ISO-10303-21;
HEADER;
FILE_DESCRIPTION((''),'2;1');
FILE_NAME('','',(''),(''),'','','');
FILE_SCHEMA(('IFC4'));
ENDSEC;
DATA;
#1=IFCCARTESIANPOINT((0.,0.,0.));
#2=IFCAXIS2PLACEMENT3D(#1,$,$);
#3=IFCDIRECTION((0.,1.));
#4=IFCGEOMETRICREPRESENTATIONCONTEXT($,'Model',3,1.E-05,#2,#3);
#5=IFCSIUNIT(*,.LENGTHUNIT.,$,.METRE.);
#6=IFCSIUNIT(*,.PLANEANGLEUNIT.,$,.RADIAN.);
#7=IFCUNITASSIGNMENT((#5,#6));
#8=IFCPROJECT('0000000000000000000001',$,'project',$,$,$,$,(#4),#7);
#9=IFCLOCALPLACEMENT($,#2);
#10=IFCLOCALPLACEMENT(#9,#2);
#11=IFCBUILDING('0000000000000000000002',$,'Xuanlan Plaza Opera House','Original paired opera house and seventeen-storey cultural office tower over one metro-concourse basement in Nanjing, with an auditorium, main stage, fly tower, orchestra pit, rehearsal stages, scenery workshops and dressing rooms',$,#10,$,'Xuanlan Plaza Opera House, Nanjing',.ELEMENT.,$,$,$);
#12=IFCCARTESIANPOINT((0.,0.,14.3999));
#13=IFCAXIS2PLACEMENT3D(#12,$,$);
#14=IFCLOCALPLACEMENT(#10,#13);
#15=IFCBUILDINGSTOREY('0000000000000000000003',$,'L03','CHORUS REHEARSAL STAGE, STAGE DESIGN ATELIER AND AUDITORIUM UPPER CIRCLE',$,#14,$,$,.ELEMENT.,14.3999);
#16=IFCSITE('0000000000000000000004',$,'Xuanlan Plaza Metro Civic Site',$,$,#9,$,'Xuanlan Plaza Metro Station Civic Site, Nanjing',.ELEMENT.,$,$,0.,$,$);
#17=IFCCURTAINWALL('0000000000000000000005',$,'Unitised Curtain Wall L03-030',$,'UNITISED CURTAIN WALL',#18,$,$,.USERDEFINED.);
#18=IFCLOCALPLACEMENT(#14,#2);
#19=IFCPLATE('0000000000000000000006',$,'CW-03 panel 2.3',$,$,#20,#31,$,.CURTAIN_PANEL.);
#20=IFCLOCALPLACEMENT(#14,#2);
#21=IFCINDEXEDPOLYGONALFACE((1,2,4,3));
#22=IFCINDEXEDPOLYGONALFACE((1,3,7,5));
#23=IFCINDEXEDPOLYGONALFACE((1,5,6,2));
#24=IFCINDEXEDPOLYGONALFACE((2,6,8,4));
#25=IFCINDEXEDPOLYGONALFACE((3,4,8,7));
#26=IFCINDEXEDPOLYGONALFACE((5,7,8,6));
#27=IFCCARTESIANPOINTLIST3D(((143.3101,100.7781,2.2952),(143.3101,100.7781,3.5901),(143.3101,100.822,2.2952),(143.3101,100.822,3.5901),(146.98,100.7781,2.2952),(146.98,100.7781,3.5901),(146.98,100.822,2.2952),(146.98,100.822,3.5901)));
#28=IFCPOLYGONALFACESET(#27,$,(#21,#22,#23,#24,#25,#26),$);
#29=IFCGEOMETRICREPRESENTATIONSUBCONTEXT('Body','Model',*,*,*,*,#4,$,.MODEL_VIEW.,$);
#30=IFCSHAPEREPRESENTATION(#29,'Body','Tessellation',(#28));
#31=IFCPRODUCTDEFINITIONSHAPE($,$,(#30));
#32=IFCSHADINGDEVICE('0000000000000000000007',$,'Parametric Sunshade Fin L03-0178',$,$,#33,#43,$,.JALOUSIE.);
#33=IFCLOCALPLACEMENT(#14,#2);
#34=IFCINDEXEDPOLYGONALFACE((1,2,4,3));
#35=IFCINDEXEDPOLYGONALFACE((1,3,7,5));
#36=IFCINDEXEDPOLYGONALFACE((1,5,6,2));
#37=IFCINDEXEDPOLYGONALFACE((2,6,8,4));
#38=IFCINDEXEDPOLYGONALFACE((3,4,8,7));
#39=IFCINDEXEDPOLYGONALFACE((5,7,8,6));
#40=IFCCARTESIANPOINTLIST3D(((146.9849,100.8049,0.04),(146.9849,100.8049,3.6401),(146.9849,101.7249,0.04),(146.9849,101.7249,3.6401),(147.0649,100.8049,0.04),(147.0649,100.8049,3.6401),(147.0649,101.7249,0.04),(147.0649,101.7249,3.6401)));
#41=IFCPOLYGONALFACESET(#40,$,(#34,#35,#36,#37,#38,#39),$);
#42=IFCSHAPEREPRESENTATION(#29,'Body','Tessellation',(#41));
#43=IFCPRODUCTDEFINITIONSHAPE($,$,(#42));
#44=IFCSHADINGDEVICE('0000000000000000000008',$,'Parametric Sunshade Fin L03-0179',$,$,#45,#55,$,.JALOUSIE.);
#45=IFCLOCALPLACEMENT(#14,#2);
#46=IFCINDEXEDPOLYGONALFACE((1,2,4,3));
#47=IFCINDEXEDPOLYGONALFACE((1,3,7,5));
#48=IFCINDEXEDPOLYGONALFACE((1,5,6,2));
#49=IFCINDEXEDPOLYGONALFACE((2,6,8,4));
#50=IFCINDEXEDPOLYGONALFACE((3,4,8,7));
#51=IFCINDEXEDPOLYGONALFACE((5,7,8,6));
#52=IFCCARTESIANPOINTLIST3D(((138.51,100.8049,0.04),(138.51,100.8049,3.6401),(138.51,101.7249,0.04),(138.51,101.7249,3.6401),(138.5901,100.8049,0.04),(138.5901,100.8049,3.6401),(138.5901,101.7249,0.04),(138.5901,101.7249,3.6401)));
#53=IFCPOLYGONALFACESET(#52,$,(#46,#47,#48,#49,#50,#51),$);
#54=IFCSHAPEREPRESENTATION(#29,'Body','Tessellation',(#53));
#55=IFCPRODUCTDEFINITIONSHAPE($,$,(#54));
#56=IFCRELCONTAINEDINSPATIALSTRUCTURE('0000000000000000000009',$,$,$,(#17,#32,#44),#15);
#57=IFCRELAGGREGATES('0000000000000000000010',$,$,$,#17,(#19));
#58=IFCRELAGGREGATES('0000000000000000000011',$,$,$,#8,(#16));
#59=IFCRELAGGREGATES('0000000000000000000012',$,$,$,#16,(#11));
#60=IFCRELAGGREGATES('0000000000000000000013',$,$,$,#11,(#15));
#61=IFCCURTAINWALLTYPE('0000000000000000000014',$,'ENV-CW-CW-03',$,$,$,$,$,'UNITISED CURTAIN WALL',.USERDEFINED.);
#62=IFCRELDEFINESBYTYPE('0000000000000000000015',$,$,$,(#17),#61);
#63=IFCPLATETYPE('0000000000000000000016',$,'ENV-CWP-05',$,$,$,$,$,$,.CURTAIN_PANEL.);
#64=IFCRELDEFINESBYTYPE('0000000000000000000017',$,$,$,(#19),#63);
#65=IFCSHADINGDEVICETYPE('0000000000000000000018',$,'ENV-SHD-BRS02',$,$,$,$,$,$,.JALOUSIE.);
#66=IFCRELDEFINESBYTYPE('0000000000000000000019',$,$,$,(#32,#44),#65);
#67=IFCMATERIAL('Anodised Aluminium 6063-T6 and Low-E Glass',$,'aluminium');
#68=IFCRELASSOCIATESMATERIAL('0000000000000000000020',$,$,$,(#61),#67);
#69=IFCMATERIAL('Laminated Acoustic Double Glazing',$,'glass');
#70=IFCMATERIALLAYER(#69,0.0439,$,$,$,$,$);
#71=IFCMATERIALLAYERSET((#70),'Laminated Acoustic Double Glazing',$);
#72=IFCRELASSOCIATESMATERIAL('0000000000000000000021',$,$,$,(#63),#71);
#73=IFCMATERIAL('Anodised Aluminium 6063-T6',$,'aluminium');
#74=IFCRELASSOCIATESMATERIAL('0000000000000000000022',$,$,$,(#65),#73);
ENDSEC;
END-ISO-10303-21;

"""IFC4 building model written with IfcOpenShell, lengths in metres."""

from ifc_helpers import new_model, si_unit, direction, frame, origin, origin_2d, place, context, subcontext, project, spatial, rectangle, extrude, material, layer, layer_set, type_object, element, aggregate, save


model = new_model("IFC4")

# Units and contexts
model_context = context("Model", 3, precision=1e-05, world=origin(), true_north=direction((0.0, 1.0)))
body_context = subcontext(model_context, "Body", "Model", "MODEL_VIEW")
ifc_project = project(units=[si_unit("LENGTHUNIT", "METRE"), si_unit("PLANEANGLEUNIT", "RADIAN")], contexts=[model_context])

# Site, building, storey
site_placement = place(None, origin())
site = spatial("IfcSite", under=ifc_project, at=site_placement, Name="Xuanlan Plaza Metro Civic Site", LongName="Xuanlan Plaza Metro Station Civic Site, Nanjing", CompositionType="ELEMENT", RefElevation=0.0)
building_placement = place(site_placement, origin())
building = spatial("IfcBuilding", under=site, at=building_placement, Name="Xuanlan Plaza Opera House", Description="Original paired opera house and seventeen-storey cultural office tower over one metro-concourse basement in Nanjing, with an auditorium, main stage, fly tower, orchestra pit, rehearsal stages, scenery workshops and dressing rooms", LongName="Xuanlan Plaza Opera House, Nanjing", CompositionType="ELEMENT")
storey_placement = place(building_placement, frame((0.0, 0.0, 14.3999)))
storey = spatial("IfcBuildingStorey", under=building, at=storey_placement, Name="L03", Description="CHORUS REHEARSAL STAGE, STAGE DESIGN ATELIER AND AUDITORIUM UPPER CIRCLE", CompositionType="ELEMENT", Elevation=14.3999)

# Shared definitions
ifc_material_1 = material(Name="Anodised Aluminium 6063-T6 and Low-E Glass", Category="aluminium")
ifc_material_2 = material(Name="Anodised Aluminium 6063-T6", Category="aluminium")

# Curtain wall
curtain_wall_type_1 = type_object("IfcCurtainWallType", Name="ENV-CW-CW-03", ElementType="UNITISED CURTAIN WALL", PredefinedType="USERDEFINED", material=ifc_material_1)
curtain_wall_1_placement = place(storey_placement, origin())
curtain_wall_1 = element("IfcCurtainWall", 1, at=curtain_wall_1_placement, inside=storey, type_object=curtain_wall_type_1, Name="Unitised Curtain Wall L03-030", ObjectType="UNITISED CURTAIN WALL", PredefinedType="USERDEFINED")

# Plate
ifc_material_3 = material(Name="Laminated Acoustic Double Glazing", Category="glass")
ifc_layer_1 = layer(ifc_material_3, 0.0439)
ifc_layer_set_1 = layer_set([ifc_layer_1], Name="Laminated Acoustic Double Glazing")
plate_type_1 = type_object("IfcPlateType", Name="ENV-CWP-05", PredefinedType="CURTAIN_PANEL", material=ifc_layer_set_1)
plate_1_placement = place(storey_placement, frame((145.145, 100.8, 2.2952), z_axis=(0.0, 0.0, 1.0), x_axis=(-1.0, 0.0, 0.0)))
plate_1 = element("IfcPlate", 2, at=plate_1_placement, type_object=plate_type_1, Name="CW-03 panel 2.3", PredefinedType="CURTAIN_PANEL", context=body_context, shape_type="SweptSolid", body=[
    extrude(rectangle(XDim=3.6699, YDim=0.0439, at=origin_2d()), origin(), (0.0, 0.0, 1.0), 1.2949),
])
aggregate(curtain_wall_1, [plate_1])

# Shading devices
shading_device_type = type_object("IfcShadingDeviceType", Name="ENV-SHD-BRS02", PredefinedType="JALOUSIE", material=ifc_material_2)
for number, where, z_axis, x_axis, name in (
    (3, (147.0249, 101.2649, 0.04), (0.0, 0.0, 1.0), (0.0, 1.0, 0.0), "Parametric Sunshade Fin L03-0178"),
    (4, (138.55, 101.2649, 0.04), (0.0, 0.0, 1.0), (0.0, 1.0, 0.0), "Parametric Sunshade Fin L03-0179"),
):
    element("IfcShadingDevice", number, at=place(storey_placement, frame(where, z_axis=z_axis, x_axis=x_axis)), inside=storey, type_object=shading_device_type, Name=name, PredefinedType="JALOUSIE", context=body_context, shape_type="SweptSolid", body=[
        extrude(rectangle(XDim=0.9199, YDim=0.0801, at=origin_2d()), origin(), (0.0, 0.0, 1.0), 3.6001),
    ])

save(model, "model.ifc")
